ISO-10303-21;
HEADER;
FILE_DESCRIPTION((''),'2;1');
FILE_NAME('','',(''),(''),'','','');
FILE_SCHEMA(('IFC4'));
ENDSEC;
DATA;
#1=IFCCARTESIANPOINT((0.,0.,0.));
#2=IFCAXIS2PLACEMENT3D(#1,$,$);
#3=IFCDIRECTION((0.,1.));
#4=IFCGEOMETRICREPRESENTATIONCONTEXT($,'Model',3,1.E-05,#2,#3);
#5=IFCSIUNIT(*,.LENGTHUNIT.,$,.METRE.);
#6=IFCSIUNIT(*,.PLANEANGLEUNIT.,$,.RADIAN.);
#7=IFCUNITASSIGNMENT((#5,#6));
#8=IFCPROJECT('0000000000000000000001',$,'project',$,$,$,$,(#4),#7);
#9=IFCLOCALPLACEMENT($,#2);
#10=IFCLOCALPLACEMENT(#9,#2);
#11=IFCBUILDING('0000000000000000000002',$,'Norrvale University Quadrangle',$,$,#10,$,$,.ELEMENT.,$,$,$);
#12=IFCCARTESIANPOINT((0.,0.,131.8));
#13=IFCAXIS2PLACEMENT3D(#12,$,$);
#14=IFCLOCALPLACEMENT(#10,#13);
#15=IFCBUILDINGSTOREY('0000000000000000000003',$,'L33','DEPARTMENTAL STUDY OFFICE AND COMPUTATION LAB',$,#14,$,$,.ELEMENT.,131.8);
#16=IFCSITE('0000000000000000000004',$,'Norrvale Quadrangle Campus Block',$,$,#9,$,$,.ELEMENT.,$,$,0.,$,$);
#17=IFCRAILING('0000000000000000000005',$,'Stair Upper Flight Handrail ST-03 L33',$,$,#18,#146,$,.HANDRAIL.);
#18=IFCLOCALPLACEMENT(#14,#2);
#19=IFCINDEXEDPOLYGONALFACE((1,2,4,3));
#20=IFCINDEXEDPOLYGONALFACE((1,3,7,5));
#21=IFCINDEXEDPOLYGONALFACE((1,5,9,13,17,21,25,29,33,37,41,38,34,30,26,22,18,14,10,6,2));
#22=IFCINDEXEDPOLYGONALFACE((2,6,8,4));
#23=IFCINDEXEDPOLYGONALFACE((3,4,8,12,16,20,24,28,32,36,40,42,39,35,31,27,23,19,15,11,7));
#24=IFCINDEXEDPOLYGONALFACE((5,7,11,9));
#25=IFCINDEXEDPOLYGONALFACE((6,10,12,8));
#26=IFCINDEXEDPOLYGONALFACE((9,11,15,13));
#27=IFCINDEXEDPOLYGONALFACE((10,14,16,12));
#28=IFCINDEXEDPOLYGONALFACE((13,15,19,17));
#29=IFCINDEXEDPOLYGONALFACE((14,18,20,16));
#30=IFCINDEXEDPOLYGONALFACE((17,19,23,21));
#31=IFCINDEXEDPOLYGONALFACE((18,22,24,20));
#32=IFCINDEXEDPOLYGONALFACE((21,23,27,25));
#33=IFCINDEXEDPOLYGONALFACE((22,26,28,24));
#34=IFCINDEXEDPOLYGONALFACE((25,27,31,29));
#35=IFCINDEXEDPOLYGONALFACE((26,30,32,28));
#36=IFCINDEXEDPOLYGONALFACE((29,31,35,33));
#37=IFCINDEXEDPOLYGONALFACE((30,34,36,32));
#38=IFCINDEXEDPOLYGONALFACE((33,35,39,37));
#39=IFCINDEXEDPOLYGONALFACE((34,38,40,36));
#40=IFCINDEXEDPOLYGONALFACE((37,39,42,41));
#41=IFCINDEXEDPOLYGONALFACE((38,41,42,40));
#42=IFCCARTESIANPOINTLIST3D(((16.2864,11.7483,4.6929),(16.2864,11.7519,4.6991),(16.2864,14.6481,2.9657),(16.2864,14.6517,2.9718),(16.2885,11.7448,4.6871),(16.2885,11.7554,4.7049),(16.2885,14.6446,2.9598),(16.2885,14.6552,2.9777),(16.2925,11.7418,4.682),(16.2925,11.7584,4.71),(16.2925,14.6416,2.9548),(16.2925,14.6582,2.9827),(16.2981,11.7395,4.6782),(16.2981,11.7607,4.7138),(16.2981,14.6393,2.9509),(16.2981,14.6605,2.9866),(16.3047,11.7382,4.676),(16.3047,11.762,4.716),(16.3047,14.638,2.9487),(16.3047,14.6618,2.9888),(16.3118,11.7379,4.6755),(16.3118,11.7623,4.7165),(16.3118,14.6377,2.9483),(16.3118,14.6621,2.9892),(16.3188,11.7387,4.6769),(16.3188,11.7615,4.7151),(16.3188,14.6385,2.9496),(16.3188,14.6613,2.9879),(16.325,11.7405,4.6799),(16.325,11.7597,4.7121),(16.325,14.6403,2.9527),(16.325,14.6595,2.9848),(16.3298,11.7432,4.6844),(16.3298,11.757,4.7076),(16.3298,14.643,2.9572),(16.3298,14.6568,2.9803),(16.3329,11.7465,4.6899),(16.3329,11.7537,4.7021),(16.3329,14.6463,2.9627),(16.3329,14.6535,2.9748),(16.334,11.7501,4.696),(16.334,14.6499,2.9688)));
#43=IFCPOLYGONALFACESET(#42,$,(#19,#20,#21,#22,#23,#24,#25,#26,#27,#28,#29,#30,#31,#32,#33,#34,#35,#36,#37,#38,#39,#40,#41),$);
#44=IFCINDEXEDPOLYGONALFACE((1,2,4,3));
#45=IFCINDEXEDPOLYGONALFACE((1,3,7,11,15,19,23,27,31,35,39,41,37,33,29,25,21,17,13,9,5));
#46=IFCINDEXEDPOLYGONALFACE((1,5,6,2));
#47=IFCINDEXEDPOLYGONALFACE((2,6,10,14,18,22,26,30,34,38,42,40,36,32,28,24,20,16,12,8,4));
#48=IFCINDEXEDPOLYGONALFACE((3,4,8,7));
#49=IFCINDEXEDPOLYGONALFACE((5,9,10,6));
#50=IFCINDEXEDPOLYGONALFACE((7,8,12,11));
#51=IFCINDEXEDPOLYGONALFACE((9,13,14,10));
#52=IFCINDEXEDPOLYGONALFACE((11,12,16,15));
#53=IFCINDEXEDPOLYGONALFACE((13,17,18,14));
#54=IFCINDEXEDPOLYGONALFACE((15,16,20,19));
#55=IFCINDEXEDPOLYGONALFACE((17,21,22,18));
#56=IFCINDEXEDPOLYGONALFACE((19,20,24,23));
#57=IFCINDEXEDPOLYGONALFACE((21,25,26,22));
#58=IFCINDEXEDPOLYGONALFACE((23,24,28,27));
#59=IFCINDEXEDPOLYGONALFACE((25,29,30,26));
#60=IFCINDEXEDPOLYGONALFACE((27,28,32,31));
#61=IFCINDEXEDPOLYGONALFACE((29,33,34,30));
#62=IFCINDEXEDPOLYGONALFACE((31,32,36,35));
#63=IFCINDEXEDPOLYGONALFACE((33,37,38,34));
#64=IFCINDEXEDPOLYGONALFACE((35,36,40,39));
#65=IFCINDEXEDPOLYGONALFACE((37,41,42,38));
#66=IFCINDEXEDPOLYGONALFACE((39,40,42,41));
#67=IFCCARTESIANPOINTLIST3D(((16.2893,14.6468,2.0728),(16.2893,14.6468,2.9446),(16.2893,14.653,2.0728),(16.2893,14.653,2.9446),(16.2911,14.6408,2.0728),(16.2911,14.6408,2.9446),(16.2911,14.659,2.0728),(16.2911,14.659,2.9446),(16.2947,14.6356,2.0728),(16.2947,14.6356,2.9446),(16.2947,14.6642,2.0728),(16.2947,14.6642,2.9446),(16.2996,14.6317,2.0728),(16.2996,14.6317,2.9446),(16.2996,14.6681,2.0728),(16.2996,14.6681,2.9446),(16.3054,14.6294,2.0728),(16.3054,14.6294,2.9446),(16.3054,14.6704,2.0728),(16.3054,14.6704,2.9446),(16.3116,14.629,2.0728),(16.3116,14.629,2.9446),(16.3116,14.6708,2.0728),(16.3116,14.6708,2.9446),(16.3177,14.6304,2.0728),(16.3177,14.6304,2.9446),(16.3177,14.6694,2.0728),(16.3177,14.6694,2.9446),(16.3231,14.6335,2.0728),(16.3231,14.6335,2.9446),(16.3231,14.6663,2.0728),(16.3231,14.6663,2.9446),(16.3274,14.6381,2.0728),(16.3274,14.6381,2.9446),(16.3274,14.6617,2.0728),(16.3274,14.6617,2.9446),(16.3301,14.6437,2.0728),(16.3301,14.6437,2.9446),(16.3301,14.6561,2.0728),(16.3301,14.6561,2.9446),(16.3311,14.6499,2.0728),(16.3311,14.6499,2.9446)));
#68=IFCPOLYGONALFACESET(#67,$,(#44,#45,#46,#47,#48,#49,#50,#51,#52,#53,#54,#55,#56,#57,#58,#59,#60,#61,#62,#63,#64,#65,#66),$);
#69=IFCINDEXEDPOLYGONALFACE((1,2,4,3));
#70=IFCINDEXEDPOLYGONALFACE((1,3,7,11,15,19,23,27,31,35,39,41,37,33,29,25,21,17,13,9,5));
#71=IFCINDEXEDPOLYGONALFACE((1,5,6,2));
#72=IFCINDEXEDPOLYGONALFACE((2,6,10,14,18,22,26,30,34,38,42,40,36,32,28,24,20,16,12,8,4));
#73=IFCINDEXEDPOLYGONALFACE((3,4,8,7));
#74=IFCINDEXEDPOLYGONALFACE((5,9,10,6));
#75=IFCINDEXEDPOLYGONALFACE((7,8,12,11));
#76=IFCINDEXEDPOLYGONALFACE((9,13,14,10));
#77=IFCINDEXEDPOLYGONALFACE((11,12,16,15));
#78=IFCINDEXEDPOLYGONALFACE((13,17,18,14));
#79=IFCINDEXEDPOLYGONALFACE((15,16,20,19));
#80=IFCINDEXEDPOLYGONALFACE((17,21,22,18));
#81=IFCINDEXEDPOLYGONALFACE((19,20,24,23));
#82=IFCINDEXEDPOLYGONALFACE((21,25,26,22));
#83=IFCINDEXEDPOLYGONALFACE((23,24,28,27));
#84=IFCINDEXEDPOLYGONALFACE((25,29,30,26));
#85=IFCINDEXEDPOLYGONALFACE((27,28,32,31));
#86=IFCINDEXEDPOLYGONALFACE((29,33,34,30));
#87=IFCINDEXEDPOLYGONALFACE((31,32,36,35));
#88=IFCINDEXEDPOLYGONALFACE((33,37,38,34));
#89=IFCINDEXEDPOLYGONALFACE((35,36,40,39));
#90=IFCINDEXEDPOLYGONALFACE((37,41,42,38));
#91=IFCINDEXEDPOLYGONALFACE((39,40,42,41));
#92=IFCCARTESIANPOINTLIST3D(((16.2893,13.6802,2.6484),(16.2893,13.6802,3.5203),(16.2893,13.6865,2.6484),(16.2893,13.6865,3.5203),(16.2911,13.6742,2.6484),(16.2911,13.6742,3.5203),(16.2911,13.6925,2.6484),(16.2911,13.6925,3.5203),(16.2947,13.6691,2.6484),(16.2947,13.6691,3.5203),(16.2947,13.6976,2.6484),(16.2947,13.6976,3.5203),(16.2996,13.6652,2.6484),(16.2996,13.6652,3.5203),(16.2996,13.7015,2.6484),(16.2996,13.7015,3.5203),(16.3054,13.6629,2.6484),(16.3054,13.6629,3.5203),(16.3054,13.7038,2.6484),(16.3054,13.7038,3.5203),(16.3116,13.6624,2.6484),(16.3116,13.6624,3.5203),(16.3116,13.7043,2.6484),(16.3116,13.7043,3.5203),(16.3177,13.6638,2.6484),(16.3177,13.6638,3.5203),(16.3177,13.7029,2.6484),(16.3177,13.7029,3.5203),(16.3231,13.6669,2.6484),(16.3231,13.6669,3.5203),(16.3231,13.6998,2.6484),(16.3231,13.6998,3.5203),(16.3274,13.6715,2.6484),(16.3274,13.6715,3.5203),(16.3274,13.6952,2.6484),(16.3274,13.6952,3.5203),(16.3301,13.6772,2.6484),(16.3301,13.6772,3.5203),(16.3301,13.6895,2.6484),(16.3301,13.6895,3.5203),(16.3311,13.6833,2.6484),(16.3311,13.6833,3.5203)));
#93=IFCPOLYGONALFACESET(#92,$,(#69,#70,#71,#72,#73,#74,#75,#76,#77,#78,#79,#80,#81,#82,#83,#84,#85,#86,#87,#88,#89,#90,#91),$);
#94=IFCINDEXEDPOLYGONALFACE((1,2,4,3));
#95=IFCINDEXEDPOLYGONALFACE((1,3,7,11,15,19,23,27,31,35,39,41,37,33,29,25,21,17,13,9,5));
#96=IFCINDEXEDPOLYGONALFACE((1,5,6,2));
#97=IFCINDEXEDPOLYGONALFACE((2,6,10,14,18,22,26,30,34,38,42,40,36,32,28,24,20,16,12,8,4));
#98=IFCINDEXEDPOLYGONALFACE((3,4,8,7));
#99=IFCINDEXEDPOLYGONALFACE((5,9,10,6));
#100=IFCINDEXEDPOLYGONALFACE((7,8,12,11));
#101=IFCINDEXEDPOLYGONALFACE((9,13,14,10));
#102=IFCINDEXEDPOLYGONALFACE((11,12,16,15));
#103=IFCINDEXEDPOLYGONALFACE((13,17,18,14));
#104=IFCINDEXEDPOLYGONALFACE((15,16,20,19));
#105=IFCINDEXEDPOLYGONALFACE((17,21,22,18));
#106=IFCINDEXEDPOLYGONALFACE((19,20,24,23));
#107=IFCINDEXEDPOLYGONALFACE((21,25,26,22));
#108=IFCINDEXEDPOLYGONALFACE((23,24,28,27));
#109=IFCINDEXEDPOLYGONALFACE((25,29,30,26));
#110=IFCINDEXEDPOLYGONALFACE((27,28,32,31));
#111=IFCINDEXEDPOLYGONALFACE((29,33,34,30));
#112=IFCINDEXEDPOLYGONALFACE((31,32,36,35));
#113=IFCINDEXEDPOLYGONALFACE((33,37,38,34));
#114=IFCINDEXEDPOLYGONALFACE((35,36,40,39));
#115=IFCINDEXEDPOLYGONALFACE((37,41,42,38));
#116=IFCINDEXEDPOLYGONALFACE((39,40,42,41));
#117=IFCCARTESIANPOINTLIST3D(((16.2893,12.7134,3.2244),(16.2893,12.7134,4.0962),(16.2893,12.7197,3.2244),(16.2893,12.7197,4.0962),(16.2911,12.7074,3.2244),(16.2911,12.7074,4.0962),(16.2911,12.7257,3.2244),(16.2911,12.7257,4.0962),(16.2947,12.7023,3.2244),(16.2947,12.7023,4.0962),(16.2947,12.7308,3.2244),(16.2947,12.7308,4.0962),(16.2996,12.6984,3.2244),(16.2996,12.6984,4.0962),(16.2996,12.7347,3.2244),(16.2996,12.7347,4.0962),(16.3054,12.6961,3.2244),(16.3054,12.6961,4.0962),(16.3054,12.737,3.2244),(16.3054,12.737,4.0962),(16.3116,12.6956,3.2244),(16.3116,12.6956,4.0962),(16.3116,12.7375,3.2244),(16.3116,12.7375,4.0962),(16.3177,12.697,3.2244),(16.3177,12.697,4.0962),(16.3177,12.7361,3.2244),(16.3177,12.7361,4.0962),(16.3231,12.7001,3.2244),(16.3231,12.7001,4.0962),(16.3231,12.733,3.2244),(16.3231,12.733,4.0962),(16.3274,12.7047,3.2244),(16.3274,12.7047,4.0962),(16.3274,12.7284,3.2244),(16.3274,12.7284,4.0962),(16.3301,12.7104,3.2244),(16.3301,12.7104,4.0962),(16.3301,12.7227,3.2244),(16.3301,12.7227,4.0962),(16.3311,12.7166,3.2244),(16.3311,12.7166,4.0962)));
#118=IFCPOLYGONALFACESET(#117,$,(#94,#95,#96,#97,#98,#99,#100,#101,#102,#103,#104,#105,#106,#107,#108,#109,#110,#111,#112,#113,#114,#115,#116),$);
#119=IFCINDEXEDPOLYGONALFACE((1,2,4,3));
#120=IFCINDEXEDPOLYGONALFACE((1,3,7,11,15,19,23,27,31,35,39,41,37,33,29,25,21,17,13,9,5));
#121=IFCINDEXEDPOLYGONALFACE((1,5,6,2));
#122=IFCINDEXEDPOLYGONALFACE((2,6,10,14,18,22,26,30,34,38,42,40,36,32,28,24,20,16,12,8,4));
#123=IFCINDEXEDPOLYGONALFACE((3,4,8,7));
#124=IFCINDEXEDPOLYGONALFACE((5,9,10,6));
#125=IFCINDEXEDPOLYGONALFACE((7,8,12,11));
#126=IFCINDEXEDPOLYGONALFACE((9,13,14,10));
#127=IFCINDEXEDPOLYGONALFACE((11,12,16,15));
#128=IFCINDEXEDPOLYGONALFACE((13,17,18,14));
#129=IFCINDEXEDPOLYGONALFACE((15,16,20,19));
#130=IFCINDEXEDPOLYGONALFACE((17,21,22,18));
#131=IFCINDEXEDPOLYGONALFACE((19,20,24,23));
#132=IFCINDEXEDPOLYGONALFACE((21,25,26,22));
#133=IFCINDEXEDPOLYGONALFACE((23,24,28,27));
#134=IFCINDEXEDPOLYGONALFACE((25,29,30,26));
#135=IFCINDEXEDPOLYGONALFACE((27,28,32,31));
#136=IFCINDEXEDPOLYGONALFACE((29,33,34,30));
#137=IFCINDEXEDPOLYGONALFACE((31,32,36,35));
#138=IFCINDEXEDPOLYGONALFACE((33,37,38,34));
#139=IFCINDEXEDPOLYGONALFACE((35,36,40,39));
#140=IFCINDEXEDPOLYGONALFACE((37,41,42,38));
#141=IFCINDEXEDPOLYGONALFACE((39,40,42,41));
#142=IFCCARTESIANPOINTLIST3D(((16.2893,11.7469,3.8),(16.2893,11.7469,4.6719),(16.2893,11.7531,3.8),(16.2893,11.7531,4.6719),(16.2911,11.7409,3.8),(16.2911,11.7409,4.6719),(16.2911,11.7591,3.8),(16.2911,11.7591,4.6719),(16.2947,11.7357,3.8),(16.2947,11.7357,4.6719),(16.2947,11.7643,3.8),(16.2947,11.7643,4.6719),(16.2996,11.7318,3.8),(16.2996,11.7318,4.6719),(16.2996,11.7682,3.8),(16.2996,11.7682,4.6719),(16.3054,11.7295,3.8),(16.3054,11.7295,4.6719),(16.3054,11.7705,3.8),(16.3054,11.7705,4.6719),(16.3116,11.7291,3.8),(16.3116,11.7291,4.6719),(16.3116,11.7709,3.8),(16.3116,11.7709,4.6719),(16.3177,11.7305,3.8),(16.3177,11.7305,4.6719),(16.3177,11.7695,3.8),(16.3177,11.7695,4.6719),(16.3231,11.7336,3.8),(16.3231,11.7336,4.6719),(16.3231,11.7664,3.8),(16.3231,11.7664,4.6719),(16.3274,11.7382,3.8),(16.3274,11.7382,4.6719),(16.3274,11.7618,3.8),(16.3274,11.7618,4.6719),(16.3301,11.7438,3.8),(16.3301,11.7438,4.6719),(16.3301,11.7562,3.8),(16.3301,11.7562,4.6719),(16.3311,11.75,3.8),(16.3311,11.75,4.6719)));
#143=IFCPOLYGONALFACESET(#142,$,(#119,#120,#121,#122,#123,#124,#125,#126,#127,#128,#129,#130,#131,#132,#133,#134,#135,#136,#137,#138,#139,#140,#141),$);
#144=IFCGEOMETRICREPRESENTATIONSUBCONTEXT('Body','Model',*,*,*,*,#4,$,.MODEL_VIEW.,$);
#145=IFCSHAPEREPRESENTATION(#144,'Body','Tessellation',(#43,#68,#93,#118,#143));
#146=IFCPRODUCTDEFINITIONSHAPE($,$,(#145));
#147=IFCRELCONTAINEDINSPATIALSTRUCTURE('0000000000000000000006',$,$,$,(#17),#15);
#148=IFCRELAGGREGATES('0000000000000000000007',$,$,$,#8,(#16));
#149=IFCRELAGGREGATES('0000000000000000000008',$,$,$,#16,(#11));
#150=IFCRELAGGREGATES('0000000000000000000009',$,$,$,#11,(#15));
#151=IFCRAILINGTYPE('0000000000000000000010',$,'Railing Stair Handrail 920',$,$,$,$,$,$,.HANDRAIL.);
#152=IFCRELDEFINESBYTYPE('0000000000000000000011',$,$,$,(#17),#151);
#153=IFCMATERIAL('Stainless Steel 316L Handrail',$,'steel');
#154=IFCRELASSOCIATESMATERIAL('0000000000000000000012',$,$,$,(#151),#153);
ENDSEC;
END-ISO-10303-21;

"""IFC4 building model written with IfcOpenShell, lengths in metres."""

from ifc_helpers import new_model, si_unit, direction, frame, origin, origin_2d, place, context, subcontext, project, spatial, circle, extrude, material, type_object, element, save


model = new_model("IFC4")

# Units and contexts
model_context = context("Model", 3, precision=1e-05, world=origin(), true_north=direction((0.0, 1.0)))
body_context = subcontext(model_context, "Body", "Model", "MODEL_VIEW")
ifc_project = project(units=[si_unit("LENGTHUNIT", "METRE"), si_unit("PLANEANGLEUNIT", "RADIAN")], contexts=[model_context])

# Site, building, storey
site_placement = place(None, origin())
site = spatial("IfcSite", under=ifc_project, at=site_placement, Name="Norrvale Quadrangle Campus Block", CompositionType="ELEMENT", RefElevation=0.0)
building_placement = place(site_placement, origin())
building = spatial("IfcBuilding", under=site, at=building_placement, Name="Norrvale University Quadrangle", CompositionType="ELEMENT")
storey_placement = place(building_placement, frame((0.0, 0.0, 131.8)))
storey = spatial("IfcBuildingStorey", under=building, at=storey_placement, Name="L33", Description="DEPARTMENTAL STUDY OFFICE AND COMPUTATION LAB", CompositionType="ELEMENT", Elevation=131.8)

# Railing
ifc_material_1 = material(Name="Stainless Steel 316L Handrail", Category="steel")
railing_type_1 = type_object("IfcRailingType", Name="Railing Stair Handrail 920", PredefinedType="HANDRAIL", material=ifc_material_1)
railing_1_placement = place(storey_placement, frame((16.3101, 14.6499, 2.0728)))
element("IfcRailing", 1, at=railing_1_placement, inside=storey, type_object=railing_type_1, Name="Stair Upper Flight Handrail ST-03 L33", PredefinedType="HANDRAIL", context=body_context, shape_type="SweptSolid", body=[
    extrude(circle(Radius=0.0239, at=origin_2d()), frame((0.0, 0.0, 0.896), z_axis=(0.0, -0.859141, 0.511738), x_axis=(1.0, 0.0, 0.0)), (0.0, 0.0, 1.0), 3.3752),
    extrude(circle(Radius=0.021, at=origin_2d()), origin(), (0.0, 0.0, 1.0), 0.8718),
    extrude(circle(Radius=0.021, at=origin_2d()), frame((0.0, -0.9666, 0.5757)), (0.0, 0.0, 1.0), 0.8718),
    extrude(circle(Radius=0.021, at=origin_2d()), frame((0.0, -1.9333, 1.1516)), (0.0, 0.0, 1.0), 0.8718),
    extrude(circle(Radius=0.021, at=origin_2d()), frame((0.0, -2.8999, 1.7273)), (0.0, 0.0, 1.0), 0.8718),
])

save(model, "model.ifc")
